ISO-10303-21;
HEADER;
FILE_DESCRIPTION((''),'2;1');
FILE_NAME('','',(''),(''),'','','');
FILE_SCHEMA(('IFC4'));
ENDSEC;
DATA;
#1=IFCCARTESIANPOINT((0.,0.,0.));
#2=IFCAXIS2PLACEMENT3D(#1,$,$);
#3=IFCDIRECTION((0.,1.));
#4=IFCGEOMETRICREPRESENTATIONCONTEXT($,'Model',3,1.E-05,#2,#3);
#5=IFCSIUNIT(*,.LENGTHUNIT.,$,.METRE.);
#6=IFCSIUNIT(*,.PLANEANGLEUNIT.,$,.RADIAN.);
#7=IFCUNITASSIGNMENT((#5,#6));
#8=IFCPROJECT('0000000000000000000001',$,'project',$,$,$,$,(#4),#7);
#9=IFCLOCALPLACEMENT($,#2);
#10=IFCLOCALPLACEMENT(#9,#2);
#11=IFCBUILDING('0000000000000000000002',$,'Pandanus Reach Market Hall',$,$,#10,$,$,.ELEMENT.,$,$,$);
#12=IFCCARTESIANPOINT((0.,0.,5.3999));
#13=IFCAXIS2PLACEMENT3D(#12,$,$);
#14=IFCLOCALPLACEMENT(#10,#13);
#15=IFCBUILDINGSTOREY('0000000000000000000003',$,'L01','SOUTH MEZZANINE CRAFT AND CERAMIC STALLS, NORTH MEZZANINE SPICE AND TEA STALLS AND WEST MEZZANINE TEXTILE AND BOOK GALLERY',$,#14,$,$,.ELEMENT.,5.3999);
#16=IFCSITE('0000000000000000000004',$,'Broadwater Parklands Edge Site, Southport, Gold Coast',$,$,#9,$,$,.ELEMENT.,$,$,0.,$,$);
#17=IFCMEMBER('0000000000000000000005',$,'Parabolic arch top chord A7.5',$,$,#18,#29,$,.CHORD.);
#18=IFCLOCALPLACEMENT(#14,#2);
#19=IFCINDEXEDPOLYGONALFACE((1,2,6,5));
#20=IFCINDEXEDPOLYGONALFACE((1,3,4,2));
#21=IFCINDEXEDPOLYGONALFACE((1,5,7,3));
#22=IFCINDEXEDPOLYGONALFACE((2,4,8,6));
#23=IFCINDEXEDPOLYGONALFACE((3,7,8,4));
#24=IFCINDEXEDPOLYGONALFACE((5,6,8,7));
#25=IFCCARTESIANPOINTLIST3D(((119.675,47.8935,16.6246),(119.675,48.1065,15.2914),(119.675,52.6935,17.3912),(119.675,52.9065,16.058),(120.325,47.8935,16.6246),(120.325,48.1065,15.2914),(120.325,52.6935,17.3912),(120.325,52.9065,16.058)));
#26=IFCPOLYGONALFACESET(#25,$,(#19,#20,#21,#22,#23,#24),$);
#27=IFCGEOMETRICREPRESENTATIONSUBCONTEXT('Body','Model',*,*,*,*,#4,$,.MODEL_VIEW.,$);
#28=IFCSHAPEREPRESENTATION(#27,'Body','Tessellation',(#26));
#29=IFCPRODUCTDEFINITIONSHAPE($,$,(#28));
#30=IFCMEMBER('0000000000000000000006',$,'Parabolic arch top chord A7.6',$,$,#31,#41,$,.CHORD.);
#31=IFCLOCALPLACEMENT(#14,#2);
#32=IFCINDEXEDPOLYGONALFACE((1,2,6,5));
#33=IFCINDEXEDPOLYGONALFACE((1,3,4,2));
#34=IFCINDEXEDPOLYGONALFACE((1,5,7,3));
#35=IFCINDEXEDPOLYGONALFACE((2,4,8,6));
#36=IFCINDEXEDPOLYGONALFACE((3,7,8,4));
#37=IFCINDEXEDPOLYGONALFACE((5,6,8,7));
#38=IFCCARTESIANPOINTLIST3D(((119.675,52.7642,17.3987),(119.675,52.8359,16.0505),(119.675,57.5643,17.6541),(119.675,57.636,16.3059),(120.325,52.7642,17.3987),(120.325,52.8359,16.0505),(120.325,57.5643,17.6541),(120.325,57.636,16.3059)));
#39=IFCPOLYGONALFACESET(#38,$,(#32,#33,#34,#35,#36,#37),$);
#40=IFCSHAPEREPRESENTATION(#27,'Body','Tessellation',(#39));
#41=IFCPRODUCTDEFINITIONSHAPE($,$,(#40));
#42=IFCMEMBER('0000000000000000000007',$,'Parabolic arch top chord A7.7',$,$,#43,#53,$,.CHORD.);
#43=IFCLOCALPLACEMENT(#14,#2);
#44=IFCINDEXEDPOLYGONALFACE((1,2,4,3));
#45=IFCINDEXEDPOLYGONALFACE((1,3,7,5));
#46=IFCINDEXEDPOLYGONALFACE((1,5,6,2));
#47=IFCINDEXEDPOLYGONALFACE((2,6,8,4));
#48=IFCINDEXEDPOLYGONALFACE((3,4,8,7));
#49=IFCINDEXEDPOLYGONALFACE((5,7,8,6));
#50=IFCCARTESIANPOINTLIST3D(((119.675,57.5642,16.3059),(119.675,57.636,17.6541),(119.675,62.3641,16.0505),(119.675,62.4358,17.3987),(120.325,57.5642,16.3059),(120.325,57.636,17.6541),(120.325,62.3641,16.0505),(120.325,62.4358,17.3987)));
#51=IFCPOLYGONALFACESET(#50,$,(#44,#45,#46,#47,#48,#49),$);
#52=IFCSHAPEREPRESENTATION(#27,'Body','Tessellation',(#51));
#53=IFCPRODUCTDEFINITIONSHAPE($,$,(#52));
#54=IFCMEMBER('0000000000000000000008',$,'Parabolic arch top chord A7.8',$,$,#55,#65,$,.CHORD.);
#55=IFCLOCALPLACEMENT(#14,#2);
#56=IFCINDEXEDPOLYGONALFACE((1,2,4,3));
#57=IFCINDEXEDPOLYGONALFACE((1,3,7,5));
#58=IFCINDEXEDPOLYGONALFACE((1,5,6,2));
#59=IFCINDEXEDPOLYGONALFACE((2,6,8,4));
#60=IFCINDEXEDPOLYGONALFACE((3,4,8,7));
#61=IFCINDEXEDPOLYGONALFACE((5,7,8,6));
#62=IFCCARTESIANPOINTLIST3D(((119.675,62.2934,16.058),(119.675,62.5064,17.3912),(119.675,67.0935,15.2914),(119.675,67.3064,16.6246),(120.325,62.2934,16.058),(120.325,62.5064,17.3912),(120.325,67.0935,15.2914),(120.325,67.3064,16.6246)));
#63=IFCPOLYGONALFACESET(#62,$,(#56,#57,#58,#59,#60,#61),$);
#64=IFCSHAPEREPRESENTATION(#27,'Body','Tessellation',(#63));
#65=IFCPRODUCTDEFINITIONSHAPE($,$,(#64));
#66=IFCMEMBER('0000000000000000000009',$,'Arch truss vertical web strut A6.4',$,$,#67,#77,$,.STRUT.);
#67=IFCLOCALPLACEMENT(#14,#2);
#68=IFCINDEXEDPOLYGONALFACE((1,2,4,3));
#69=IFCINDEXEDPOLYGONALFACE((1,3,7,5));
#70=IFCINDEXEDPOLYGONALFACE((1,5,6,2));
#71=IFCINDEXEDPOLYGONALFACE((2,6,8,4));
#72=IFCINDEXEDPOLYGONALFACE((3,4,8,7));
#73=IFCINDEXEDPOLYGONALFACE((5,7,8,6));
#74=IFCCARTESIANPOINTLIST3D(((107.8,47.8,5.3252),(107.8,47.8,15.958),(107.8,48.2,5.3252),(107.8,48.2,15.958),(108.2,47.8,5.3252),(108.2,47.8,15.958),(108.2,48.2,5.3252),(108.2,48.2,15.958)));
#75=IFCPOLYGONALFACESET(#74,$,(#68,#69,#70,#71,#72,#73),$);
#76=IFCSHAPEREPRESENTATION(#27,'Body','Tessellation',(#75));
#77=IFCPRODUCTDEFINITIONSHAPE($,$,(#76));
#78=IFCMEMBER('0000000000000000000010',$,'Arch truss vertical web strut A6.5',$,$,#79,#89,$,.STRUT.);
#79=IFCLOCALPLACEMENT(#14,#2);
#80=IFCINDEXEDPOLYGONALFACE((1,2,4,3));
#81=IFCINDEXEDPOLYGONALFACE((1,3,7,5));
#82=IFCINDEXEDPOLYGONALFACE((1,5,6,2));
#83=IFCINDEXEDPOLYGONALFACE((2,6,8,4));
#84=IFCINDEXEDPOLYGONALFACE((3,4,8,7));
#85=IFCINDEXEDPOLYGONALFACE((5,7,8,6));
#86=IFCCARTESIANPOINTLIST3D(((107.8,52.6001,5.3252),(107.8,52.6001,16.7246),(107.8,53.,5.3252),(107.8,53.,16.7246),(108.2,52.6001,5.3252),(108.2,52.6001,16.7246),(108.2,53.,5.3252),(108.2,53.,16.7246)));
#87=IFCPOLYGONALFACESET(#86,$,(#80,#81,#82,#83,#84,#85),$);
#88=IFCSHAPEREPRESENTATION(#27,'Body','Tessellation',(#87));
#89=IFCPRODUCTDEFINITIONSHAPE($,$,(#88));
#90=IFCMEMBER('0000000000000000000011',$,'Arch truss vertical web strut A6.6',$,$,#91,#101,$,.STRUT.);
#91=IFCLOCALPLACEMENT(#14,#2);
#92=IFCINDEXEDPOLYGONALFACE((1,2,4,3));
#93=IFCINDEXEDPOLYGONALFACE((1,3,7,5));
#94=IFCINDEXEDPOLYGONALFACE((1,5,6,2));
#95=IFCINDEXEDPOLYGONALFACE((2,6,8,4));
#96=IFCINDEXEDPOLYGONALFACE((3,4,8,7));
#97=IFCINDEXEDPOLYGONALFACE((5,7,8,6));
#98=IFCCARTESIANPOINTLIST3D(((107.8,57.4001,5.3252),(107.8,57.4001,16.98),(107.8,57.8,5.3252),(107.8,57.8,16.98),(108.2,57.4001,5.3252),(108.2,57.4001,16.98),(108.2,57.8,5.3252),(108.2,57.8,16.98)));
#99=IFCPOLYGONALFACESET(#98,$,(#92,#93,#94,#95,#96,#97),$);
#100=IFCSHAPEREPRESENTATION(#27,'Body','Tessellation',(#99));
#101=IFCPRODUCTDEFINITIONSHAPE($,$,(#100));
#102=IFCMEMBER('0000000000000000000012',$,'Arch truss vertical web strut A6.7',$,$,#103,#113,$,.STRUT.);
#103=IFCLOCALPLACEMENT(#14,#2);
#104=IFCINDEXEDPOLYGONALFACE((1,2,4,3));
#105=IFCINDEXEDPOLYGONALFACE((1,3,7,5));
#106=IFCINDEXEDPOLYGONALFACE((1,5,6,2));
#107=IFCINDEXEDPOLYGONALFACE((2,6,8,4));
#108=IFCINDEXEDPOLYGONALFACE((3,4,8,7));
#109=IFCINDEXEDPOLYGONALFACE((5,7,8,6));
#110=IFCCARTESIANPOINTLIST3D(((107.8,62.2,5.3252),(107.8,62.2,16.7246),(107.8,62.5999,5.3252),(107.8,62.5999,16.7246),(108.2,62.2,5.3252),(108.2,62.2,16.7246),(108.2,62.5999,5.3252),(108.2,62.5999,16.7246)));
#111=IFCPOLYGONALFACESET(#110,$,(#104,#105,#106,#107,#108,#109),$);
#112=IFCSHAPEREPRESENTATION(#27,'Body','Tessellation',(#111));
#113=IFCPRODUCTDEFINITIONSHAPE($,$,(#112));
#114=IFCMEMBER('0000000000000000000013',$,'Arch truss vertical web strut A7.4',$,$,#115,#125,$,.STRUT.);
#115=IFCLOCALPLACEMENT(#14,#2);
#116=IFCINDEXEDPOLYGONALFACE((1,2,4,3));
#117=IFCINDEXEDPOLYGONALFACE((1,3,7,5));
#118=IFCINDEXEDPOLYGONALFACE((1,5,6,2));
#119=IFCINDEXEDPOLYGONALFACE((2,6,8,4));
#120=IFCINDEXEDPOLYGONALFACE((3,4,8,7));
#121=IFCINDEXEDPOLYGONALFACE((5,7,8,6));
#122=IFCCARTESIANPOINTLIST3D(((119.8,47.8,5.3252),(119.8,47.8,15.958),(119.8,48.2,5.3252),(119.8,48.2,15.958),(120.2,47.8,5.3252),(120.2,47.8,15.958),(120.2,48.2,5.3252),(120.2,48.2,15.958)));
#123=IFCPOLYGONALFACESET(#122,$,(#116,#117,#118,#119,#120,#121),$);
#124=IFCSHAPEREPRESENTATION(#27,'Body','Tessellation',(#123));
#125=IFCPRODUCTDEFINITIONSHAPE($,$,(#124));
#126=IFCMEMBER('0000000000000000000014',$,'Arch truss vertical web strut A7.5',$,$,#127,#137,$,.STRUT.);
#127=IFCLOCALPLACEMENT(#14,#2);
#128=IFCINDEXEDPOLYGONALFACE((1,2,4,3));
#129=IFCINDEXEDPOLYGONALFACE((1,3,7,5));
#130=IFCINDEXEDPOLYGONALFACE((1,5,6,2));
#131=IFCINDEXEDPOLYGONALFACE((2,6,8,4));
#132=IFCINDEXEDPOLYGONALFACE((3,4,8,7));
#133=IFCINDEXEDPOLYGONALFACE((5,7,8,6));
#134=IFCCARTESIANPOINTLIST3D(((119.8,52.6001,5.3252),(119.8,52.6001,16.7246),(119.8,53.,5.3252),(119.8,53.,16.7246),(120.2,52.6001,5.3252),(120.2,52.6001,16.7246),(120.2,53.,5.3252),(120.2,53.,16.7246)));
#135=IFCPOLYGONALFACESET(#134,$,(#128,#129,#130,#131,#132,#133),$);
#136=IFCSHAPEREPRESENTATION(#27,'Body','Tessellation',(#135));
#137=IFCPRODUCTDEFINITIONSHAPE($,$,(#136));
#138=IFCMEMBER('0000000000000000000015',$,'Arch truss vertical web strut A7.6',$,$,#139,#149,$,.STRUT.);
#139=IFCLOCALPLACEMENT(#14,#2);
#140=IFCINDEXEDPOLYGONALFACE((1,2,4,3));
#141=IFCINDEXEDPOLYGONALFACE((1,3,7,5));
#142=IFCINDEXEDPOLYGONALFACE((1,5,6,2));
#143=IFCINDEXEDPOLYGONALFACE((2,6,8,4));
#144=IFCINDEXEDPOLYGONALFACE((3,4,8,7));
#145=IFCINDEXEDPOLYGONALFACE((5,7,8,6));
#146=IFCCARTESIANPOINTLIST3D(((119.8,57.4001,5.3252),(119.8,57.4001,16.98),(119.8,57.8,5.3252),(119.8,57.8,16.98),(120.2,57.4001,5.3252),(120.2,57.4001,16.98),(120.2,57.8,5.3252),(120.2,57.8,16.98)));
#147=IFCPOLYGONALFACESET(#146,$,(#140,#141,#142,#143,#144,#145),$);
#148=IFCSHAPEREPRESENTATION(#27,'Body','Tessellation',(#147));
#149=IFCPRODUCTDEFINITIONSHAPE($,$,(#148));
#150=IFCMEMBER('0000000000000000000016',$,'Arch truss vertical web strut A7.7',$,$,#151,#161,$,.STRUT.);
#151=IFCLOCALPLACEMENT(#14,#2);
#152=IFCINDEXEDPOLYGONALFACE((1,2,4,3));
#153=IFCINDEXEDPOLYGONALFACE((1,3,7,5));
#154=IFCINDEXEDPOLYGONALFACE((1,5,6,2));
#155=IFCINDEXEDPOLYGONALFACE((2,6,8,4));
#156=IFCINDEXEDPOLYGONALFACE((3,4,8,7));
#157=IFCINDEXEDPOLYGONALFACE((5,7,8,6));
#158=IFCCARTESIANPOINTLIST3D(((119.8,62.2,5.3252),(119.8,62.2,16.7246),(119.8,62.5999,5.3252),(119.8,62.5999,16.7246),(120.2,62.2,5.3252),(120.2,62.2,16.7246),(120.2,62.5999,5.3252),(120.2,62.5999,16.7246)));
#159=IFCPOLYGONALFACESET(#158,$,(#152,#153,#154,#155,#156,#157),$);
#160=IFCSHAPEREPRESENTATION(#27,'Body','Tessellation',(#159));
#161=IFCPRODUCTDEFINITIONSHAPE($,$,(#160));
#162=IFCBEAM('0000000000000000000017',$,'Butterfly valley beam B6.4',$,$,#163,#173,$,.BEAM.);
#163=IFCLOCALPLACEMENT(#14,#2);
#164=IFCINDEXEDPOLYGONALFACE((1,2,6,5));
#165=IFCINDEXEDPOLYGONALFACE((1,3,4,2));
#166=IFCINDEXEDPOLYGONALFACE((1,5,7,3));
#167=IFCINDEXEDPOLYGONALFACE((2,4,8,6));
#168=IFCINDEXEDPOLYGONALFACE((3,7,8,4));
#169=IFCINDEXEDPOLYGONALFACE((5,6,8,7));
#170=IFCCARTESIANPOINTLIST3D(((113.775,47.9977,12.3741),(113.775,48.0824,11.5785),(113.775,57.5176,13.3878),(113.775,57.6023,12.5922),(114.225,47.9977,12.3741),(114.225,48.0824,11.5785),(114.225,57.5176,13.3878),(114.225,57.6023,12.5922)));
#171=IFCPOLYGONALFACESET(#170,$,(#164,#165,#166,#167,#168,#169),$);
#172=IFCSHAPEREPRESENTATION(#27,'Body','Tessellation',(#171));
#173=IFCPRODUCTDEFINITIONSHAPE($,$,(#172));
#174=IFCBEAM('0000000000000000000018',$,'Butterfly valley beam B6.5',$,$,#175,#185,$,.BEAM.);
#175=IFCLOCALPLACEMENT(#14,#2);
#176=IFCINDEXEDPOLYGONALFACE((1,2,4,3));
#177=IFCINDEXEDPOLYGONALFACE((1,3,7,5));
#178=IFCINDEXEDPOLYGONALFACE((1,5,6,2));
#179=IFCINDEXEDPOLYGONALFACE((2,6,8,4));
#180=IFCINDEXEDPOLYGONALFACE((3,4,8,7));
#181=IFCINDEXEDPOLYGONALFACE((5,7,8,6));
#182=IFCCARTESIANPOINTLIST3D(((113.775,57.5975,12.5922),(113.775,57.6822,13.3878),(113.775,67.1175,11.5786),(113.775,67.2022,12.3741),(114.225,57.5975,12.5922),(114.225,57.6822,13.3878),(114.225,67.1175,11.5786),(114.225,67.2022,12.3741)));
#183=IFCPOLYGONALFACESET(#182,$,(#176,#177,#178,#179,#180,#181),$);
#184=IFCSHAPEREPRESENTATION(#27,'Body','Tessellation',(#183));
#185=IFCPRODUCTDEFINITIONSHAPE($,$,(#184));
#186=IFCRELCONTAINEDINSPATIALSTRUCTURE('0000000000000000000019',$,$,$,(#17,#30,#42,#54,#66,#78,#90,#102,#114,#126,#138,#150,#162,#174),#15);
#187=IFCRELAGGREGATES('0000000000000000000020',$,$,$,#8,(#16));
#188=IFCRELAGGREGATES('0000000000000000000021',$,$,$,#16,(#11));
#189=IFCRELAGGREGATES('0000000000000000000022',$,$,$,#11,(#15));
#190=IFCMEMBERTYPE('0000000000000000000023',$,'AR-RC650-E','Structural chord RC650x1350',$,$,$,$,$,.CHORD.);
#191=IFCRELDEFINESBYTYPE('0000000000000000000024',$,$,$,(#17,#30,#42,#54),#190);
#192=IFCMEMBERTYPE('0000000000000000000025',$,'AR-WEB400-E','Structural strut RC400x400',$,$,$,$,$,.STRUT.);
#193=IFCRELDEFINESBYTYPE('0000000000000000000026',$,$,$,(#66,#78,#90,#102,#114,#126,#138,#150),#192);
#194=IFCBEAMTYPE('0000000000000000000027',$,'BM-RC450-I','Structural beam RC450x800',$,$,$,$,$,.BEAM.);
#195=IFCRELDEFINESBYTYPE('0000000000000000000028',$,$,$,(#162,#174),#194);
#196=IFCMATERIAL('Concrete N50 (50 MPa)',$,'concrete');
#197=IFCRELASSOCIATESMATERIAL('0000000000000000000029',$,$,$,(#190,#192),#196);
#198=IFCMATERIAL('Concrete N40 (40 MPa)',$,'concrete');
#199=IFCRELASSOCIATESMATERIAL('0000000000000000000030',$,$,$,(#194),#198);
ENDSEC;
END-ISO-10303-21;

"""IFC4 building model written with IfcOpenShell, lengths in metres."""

from ifc_helpers import new_model, si_unit, direction, frame, origin, origin_2d, place, context, subcontext, project, spatial, rectangle, extrude, material, material_profile, profile_set, type_object, element, save


model = new_model("IFC4")

# Units and contexts
model_context = context("Model", 3, precision=1e-05, world=origin(), true_north=direction((0.0, 1.0)))
body_context = subcontext(model_context, "Body", "Model", "MODEL_VIEW")
ifc_project = project(units=[si_unit("LENGTHUNIT", "METRE"), si_unit("PLANEANGLEUNIT", "RADIAN")], contexts=[model_context])

# Site, building, storey
site_placement = place(None, origin())
site = spatial("IfcSite", under=ifc_project, at=site_placement, Name="Broadwater Parklands Edge Site, Southport, Gold Coast", CompositionType="ELEMENT", RefElevation=0.0)
building_placement = place(site_placement, origin())
building = spatial("IfcBuilding", under=site, at=building_placement, Name="Pandanus Reach Market Hall", CompositionType="ELEMENT")
storey_placement = place(building_placement, frame((0.0, 0.0, 5.3999)))
storey = spatial("IfcBuildingStorey", under=building, at=storey_placement, Name="L01", Description="SOUTH MEZZANINE CRAFT AND CERAMIC STALLS, NORTH MEZZANINE SPICE AND TEA STALLS AND WEST MEZZANINE TEXTILE AND BOOK GALLERY", CompositionType="ELEMENT", Elevation=5.3999)

# Members
ifc_material_1 = material(Name="Concrete N50 (50 MPa)", Category="concrete")
ifc_material_profile_1 = material_profile(ifc_material_1, rectangle(XDim=0.6499, YDim=1.3501, at=origin_2d()), Name="RC650x1350", Category="LoadBearing")
ifc_profile_set_1 = profile_set([ifc_material_profile_1], Name="Concrete N50 (50 MPa)")
member_type_1 = type_object("IfcMemberType", Name="AR-RC650-E", Description="Structural chord RC650x1350", PredefinedType="CHORD", material=ifc_profile_set_1)
member_1_placement = place(storey_placement, frame((120.0, 48.0, 15.958), z_axis=(0.0, 0.987486, 0.157708), x_axis=(-1.0, 0.0, 0.0)))
element("IfcMember", 1, at=member_1_placement, inside=storey, type_object=member_type_1, Name="Parabolic arch top chord A7.5", PredefinedType="CHORD", context=body_context, shape_type="SweptSolid", body=[
    extrude(rectangle(XDim=0.6499, YDim=1.3501, at=origin_2d()), origin(), (0.0, 0.0, 1.0), 4.8608),
])
member_2_placement = place(storey_placement, frame((120.0, 52.8, 16.7246), z_axis=(0.0, 0.998588, 0.053127), x_axis=(-1.0, 0.0, 0.0)))
element("IfcMember", 2, at=member_2_placement, inside=storey, type_object=member_type_1, Name="Parabolic arch top chord A7.6", PredefinedType="CHORD", context=body_context, shape_type="SweptSolid", body=[
    extrude(rectangle(XDim=0.6499, YDim=1.3501, at=origin_2d()), origin(), (0.0, 0.0, 1.0), 4.8069),
])
member_3_placement = place(storey_placement, frame((120.0, 57.6001, 16.98), z_axis=(0.0, 0.998588, -0.053129), x_axis=(-1.0, 0.0, 0.0)))
element("IfcMember", 3, at=member_3_placement, inside=storey, type_object=member_type_1, Name="Parabolic arch top chord A7.7", PredefinedType="CHORD", context=body_context, shape_type="SweptSolid", body=[
    extrude(rectangle(XDim=0.6499, YDim=1.3501, at=origin_2d()), origin(), (0.0, 0.0, 1.0), 4.8066),
])
member_4_placement = place(storey_placement, frame((120.0, 62.3999, 16.7246), z_axis=(0.0, 0.987486, -0.157708), x_axis=(-1.0, 0.0, 0.0)))
element("IfcMember", 4, at=member_4_placement, inside=storey, type_object=member_type_1, Name="Parabolic arch top chord A7.8", PredefinedType="CHORD", context=body_context, shape_type="SweptSolid", body=[
    extrude(rectangle(XDim=0.6499, YDim=1.3501, at=origin_2d()), origin(), (0.0, 0.0, 1.0), 4.8608),
])
ifc_material_profile_2 = material_profile(ifc_material_1, rectangle(XDim=0.3999, YDim=0.3999, at=origin_2d()), Name="RC400x400", Category="LoadBearing")
ifc_profile_set_2 = profile_set([ifc_material_profile_2], Name="Concrete N50 (50 MPa)")
member_type_2 = type_object("IfcMemberType", Name="AR-WEB400-E", Description="Structural strut RC400x400", PredefinedType="STRUT", material=ifc_profile_set_2)
member_5_placement = place(storey_placement, frame((108.0, 48.0, 5.3252), z_axis=(0.0, 0.0, 1.0), x_axis=(1.0, 0.0, 0.0)))
element("IfcMember", 5, at=member_5_placement, inside=storey, type_object=member_type_2, Name="Arch truss vertical web strut A6.4", PredefinedType="STRUT", context=body_context, shape_type="SweptSolid", body=[
    extrude(rectangle(XDim=0.3999, YDim=0.3999, at=origin_2d()), origin(), (0.0, 0.0, 1.0), 10.6328),
])
member_6_placement = place(storey_placement, frame((108.0, 52.8, 5.3252), z_axis=(0.0, 0.0, 1.0), x_axis=(1.0, 0.0, 0.0)))
element("IfcMember", 6, at=member_6_placement, inside=storey, type_object=member_type_2, Name="Arch truss vertical web strut A6.5", PredefinedType="STRUT", context=body_context, shape_type="SweptSolid", body=[
    extrude(rectangle(XDim=0.3999, YDim=0.3999, at=origin_2d()), origin(), (0.0, 0.0, 1.0), 11.3994),
])
member_7_placement = place(storey_placement, frame((108.0, 57.6001, 5.3252), z_axis=(0.0, 0.0, 1.0), x_axis=(1.0, 0.0, 0.0)))
element("IfcMember", 7, at=member_7_placement, inside=storey, type_object=member_type_2, Name="Arch truss vertical web strut A6.6", PredefinedType="STRUT", context=body_context, shape_type="SweptSolid", body=[
    extrude(rectangle(XDim=0.3999, YDim=0.3999, at=origin_2d()), origin(), (0.0, 0.0, 1.0), 11.6548),
])
member_8_placement = place(storey_placement, frame((108.0, 62.3999, 5.3252), z_axis=(0.0, 0.0, 1.0), x_axis=(1.0, 0.0, 0.0)))
element("IfcMember", 8, at=member_8_placement, inside=storey, type_object=member_type_2, Name="Arch truss vertical web strut A6.7", PredefinedType="STRUT", context=body_context, shape_type="SweptSolid", body=[
    extrude(rectangle(XDim=0.3999, YDim=0.3999, at=origin_2d()), origin(), (0.0, 0.0, 1.0), 11.3994),
])
member_9_placement = place(storey_placement, frame((120.0, 48.0, 5.3252), z_axis=(0.0, 0.0, 1.0), x_axis=(1.0, 0.0, 0.0)))
element("IfcMember", 9, at=member_9_placement, inside=storey, type_object=member_type_2, Name="Arch truss vertical web strut A7.4", PredefinedType="STRUT", context=body_context, shape_type="SweptSolid", body=[
    extrude(rectangle(XDim=0.3999, YDim=0.3999, at=origin_2d()), origin(), (0.0, 0.0, 1.0), 10.6328),
])
member_10_placement = place(storey_placement, frame((120.0, 52.8, 5.3252), z_axis=(0.0, 0.0, 1.0), x_axis=(1.0, 0.0, 0.0)))
element("IfcMember", 10, at=member_10_placement, inside=storey, type_object=member_type_2, Name="Arch truss vertical web strut A7.5", PredefinedType="STRUT", context=body_context, shape_type="SweptSolid", body=[
    extrude(rectangle(XDim=0.3999, YDim=0.3999, at=origin_2d()), origin(), (0.0, 0.0, 1.0), 11.3994),
])
member_11_placement = place(storey_placement, frame((120.0, 57.6001, 5.3252), z_axis=(0.0, 0.0, 1.0), x_axis=(1.0, 0.0, 0.0)))
element("IfcMember", 11, at=member_11_placement, inside=storey, type_object=member_type_2, Name="Arch truss vertical web strut A7.6", PredefinedType="STRUT", context=body_context, shape_type="SweptSolid", body=[
    extrude(rectangle(XDim=0.3999, YDim=0.3999, at=origin_2d()), origin(), (0.0, 0.0, 1.0), 11.6548),
])
member_12_placement = place(storey_placement, frame((120.0, 62.3999, 5.3252), z_axis=(0.0, 0.0, 1.0), x_axis=(1.0, 0.0, 0.0)))
element("IfcMember", 12, at=member_12_placement, inside=storey, type_object=member_type_2, Name="Arch truss vertical web strut A7.7", PredefinedType="STRUT", context=body_context, shape_type="SweptSolid", body=[
    extrude(rectangle(XDim=0.3999, YDim=0.3999, at=origin_2d()), origin(), (0.0, 0.0, 1.0), 11.3994),
])

# Beams
ifc_material_2 = material(Name="Concrete N40 (40 MPa)", Category="concrete")
ifc_material_profile_3 = material_profile(ifc_material_2, rectangle(XDim=0.45, YDim=0.8, at=origin_2d()), Name="RC450x800", Category="LoadBearing")
ifc_profile_set_3 = profile_set([ifc_material_profile_3], Name="Concrete N40 (40 MPa)")
beam_type_1 = type_object("IfcBeamType", Name="BM-RC450-I", Description="Structural beam RC450x800", PredefinedType="BEAM", material=ifc_profile_set_3)
for number, where, z_axis, x_axis, name in (
    (13, (114.0, 48.04, 11.9763), (0.0, 0.994379, 0.105879), (-1.0, 0.0, 0.0), "Butterfly valley beam B6.4"),
    (14, (114.0, 57.6399, 12.99), (0.0, 0.994379, -0.105879), (-1.0, 0.0, 0.0), "Butterfly valley beam B6.5"),
):
    element("IfcBeam", number, at=place(storey_placement, frame(where, z_axis=z_axis, x_axis=x_axis)), inside=storey, type_object=beam_type_1, Name=name, PredefinedType="BEAM", context=body_context, shape_type="SweptSolid", body=[
        extrude(rectangle(XDim=0.45, YDim=0.8, at=origin_2d()), origin(), (0.0, 0.0, 1.0), 9.5737),
    ])

save(model, "model.ifc")
